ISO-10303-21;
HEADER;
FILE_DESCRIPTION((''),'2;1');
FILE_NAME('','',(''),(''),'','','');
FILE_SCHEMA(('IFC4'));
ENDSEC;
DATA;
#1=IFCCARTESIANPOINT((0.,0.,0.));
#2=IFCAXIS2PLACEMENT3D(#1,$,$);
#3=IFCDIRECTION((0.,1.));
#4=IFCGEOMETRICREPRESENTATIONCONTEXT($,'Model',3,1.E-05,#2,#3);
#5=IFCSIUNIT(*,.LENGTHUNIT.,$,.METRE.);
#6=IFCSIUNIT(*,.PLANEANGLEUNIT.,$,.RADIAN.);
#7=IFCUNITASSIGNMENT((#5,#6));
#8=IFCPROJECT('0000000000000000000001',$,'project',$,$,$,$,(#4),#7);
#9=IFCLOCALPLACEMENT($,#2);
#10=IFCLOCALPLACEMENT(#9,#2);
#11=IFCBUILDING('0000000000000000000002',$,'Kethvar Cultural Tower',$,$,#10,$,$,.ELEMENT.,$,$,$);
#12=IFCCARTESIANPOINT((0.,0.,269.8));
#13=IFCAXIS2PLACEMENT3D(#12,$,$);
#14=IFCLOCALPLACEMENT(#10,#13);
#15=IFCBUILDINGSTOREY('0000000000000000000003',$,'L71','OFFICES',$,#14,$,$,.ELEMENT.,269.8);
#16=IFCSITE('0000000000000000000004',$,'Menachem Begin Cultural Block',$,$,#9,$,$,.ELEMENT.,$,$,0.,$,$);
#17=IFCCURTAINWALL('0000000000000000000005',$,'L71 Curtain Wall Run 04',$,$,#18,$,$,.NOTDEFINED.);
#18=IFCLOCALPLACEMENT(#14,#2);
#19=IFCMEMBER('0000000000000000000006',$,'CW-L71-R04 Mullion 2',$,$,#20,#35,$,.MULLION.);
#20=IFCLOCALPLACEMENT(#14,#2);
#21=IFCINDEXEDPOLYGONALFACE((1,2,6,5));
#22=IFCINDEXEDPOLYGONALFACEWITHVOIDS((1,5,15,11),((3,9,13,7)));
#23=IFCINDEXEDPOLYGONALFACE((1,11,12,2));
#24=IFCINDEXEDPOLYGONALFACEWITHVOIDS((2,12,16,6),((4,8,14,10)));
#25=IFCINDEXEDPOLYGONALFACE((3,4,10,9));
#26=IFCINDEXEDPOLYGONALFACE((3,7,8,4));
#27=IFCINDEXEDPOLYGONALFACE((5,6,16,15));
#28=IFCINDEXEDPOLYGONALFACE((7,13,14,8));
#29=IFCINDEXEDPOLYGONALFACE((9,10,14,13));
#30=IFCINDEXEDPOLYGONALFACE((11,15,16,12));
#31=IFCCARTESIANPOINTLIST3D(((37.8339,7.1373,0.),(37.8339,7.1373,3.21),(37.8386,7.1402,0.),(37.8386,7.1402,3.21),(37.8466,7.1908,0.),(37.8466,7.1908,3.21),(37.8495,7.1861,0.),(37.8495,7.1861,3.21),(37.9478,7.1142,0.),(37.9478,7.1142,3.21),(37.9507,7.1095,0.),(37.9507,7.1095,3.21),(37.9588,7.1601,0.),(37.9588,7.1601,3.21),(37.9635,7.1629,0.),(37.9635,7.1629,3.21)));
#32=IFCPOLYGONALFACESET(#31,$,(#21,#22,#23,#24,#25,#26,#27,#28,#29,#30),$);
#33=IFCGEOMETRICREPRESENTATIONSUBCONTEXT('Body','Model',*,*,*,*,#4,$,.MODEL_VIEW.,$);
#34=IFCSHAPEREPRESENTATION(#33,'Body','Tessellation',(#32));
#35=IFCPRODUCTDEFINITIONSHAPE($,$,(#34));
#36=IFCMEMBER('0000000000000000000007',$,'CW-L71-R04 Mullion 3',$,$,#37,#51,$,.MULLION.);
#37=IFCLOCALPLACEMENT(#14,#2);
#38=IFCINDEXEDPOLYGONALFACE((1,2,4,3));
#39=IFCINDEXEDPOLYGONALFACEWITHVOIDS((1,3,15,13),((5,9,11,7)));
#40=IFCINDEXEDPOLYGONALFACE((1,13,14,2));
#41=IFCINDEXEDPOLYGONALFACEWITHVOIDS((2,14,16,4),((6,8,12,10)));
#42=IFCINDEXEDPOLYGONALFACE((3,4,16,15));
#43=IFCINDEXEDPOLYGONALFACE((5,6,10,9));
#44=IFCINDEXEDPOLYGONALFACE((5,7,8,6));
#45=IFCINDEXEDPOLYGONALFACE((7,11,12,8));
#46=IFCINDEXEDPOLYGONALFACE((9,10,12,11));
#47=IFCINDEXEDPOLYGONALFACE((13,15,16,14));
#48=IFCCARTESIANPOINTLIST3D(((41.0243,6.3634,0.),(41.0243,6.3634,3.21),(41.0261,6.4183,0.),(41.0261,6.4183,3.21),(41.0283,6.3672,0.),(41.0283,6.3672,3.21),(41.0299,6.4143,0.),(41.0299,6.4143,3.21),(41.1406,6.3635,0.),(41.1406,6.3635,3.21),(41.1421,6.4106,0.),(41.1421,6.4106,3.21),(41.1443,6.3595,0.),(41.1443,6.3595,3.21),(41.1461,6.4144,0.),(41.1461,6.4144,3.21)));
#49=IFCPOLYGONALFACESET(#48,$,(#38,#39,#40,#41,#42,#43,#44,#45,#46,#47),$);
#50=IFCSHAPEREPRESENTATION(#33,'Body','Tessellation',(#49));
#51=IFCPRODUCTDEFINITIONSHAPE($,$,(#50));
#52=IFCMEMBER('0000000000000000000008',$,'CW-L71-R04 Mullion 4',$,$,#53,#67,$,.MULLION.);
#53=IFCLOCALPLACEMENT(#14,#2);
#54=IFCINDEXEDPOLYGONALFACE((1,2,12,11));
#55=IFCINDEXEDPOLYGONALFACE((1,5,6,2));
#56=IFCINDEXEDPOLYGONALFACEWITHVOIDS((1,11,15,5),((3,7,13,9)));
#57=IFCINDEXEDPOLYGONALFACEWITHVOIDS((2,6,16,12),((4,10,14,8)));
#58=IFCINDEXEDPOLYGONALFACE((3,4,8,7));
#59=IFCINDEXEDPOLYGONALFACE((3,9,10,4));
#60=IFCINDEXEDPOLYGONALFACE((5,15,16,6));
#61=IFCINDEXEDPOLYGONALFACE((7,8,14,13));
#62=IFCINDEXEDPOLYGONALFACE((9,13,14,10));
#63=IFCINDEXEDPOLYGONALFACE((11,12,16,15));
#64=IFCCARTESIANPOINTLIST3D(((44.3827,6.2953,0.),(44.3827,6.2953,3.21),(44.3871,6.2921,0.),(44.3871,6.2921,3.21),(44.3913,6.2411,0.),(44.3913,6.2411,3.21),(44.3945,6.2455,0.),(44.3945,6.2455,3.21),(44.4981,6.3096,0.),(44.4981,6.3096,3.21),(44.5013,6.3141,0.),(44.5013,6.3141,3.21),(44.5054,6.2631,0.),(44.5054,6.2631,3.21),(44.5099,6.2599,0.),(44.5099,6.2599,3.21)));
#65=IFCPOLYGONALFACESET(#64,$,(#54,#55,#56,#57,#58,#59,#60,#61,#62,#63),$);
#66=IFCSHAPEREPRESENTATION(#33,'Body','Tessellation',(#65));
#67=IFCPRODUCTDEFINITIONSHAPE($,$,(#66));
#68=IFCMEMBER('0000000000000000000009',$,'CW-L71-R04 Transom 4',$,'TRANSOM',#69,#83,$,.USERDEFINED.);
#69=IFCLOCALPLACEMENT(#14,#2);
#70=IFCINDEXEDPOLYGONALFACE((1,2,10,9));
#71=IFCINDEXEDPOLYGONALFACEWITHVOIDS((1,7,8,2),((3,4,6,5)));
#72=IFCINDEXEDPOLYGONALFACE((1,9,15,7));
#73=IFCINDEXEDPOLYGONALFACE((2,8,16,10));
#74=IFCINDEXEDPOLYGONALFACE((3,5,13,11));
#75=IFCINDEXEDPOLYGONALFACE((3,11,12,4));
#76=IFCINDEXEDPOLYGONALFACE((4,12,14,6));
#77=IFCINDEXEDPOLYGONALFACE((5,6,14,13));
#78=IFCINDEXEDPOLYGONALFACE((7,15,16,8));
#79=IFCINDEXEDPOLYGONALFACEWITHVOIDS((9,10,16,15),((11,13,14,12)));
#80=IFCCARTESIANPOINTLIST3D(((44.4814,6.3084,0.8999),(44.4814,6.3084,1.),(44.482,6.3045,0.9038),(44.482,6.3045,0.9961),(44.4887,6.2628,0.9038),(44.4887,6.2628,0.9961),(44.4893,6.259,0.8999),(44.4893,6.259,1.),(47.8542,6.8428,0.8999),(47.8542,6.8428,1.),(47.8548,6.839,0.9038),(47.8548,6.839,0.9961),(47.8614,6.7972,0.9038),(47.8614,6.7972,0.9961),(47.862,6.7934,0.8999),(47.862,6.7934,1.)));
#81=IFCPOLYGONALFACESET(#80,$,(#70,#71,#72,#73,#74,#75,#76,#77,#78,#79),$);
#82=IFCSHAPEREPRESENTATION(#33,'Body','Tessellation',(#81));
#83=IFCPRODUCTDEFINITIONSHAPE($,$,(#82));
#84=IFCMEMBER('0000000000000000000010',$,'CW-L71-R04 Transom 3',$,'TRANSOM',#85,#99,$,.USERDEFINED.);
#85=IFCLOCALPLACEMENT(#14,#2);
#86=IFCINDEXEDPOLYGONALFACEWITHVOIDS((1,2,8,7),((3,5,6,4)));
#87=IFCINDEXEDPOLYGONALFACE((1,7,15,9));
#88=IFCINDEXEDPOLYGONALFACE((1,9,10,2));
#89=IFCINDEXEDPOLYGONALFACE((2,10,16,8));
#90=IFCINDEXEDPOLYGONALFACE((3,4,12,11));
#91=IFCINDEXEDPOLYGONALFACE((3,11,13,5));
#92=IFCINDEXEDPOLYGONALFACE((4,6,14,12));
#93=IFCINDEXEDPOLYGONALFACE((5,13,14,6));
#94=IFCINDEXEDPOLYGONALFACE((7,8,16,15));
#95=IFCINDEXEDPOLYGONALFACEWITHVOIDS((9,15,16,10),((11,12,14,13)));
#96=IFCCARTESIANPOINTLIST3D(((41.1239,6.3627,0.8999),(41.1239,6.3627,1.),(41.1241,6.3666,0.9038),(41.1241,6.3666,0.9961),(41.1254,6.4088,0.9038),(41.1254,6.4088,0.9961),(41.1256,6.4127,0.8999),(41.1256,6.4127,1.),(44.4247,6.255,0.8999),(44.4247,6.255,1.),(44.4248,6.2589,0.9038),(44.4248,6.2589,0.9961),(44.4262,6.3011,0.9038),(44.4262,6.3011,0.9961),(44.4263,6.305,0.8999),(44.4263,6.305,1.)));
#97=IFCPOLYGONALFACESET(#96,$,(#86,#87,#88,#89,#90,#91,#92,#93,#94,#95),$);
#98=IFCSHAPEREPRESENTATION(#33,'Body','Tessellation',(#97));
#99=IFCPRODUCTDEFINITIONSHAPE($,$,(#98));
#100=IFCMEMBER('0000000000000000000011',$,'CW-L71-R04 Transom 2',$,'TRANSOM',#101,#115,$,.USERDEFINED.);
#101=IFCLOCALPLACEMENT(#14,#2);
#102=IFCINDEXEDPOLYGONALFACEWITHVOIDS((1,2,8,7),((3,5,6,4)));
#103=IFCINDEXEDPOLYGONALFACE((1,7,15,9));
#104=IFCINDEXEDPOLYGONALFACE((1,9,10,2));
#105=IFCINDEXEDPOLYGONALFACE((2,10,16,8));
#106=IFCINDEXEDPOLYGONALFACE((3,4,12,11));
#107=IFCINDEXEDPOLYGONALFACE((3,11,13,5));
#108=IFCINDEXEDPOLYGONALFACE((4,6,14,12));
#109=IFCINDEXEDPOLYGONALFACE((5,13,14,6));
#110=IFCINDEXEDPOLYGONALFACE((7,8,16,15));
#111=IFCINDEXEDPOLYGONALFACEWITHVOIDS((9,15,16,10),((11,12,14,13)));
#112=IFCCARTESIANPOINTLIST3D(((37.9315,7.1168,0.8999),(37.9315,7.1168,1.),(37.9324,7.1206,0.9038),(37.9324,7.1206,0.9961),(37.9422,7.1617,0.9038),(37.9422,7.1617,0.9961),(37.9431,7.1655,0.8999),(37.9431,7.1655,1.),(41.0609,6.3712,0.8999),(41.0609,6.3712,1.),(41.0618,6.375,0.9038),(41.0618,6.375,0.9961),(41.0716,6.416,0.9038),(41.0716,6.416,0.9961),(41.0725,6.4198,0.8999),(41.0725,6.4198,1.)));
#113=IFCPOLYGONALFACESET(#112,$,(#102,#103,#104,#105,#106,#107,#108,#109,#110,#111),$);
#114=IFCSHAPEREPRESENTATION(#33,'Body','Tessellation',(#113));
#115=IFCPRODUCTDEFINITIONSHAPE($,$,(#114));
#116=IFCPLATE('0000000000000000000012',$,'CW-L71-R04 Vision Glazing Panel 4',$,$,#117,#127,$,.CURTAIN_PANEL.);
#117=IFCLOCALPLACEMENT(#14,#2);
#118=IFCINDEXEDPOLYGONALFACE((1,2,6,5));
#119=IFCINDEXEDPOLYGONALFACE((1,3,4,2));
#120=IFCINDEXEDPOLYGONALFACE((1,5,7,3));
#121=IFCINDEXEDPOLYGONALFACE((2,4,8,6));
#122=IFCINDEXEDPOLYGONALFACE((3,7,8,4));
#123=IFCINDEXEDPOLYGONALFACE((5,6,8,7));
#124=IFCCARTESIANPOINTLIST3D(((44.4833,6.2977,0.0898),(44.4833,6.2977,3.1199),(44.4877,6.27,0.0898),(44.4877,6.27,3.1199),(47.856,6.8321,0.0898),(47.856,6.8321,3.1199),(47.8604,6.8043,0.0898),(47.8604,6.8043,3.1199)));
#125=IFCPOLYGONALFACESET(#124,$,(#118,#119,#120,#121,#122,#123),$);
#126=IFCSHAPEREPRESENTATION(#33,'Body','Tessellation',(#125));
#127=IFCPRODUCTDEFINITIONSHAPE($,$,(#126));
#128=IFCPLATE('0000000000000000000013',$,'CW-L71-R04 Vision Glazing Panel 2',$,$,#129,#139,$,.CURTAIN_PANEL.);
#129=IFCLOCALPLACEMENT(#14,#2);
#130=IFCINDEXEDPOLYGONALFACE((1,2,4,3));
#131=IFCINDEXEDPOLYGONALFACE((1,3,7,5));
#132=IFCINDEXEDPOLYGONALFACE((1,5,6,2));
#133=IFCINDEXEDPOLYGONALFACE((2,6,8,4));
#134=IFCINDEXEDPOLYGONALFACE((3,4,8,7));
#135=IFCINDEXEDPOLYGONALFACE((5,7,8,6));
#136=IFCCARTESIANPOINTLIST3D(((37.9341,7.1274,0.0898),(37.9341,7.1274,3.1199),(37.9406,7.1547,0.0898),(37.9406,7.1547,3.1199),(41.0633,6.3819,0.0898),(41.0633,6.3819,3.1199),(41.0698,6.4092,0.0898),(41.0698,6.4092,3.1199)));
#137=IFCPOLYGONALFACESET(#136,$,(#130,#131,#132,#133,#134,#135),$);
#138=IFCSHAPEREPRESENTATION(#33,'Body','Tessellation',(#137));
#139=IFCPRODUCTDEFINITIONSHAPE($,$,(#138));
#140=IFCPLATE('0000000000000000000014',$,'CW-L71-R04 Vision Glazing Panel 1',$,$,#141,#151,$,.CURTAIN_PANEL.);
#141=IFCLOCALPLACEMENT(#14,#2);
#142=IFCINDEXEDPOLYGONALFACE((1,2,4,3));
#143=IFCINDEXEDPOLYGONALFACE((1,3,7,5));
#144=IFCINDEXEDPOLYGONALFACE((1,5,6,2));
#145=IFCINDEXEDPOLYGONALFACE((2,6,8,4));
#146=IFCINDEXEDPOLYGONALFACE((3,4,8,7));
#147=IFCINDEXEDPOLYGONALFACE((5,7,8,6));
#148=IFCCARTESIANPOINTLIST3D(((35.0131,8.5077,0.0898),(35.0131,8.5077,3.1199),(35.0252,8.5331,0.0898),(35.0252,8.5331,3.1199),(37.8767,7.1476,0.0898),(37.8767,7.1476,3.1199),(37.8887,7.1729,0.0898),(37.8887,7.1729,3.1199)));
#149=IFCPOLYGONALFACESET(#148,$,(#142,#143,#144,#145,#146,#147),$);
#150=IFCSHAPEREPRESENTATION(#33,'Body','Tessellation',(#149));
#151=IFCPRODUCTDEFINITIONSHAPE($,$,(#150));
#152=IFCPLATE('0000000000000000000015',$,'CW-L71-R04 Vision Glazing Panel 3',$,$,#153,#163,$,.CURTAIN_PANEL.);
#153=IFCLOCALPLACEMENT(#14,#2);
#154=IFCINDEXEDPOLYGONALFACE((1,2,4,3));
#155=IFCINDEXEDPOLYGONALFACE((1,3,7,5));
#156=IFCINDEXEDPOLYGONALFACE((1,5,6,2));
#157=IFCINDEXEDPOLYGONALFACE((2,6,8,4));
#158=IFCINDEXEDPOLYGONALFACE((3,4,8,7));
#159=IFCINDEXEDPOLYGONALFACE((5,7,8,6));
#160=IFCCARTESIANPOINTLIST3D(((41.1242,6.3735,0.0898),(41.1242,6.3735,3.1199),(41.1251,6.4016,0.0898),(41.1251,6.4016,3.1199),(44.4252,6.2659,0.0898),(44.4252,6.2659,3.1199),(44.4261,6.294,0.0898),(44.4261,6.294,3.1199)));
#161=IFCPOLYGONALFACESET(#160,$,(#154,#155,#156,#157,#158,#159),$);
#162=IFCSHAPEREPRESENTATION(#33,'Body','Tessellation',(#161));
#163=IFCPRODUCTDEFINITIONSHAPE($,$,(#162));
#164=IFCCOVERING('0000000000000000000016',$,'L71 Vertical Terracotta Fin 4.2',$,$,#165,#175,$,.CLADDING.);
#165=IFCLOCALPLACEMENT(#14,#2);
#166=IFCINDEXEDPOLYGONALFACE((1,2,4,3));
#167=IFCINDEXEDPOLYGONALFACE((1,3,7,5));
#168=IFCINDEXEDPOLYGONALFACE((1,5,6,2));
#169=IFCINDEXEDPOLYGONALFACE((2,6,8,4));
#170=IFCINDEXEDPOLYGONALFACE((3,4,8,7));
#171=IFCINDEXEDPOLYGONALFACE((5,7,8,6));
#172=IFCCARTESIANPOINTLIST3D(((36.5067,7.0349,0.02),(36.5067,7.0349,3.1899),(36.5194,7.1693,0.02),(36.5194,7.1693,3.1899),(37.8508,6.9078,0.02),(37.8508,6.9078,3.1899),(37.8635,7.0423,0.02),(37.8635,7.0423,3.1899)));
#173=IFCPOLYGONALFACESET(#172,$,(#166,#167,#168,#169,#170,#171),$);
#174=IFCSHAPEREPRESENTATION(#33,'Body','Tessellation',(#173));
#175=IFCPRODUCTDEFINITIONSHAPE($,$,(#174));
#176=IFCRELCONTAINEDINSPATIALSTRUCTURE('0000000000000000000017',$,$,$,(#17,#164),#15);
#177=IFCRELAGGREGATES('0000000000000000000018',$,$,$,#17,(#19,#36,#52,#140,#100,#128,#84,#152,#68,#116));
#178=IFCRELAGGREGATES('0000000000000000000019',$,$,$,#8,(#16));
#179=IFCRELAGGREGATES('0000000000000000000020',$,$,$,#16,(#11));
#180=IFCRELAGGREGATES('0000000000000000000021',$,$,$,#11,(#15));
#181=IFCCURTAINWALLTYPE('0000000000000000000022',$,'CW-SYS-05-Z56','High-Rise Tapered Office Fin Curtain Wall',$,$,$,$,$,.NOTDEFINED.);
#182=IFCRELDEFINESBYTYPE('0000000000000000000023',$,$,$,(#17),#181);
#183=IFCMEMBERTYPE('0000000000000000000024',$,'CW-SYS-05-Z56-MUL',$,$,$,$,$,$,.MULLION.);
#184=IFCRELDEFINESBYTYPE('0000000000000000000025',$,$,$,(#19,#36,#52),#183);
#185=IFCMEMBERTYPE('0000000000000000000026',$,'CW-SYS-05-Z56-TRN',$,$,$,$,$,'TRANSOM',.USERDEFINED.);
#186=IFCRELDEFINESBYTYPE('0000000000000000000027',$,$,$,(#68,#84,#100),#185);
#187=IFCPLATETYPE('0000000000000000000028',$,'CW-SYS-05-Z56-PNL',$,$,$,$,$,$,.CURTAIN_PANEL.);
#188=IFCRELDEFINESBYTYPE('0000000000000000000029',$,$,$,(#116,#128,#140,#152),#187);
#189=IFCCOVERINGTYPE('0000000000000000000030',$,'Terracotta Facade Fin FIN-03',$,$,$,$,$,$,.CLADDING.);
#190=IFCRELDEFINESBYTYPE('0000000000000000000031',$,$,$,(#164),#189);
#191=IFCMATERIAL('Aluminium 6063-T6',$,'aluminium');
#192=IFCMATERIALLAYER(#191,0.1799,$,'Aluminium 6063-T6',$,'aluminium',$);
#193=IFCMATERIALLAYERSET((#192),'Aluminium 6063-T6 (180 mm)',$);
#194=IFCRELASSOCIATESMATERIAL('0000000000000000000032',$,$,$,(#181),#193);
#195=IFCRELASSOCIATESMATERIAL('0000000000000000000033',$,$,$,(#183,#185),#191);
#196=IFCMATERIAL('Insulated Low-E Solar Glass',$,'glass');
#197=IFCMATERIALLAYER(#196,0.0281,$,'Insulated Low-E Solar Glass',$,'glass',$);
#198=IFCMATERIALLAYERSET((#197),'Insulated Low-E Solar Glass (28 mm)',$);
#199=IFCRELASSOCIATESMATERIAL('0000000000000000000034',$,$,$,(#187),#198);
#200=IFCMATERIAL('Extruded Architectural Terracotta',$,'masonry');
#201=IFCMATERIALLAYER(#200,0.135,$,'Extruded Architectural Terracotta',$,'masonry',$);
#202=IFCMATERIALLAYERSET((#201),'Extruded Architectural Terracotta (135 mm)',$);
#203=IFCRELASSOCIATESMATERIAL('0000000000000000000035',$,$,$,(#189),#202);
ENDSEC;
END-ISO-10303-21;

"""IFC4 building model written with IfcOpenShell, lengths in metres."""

from ifc_helpers import new_model, si_unit, direction, frame, origin, origin_2d, place, context, subcontext, project, spatial, rectangle, hollow_rectangle, extrude, source, transform, mapped, material, layer, layer_set, material_profile, profile_set, type_object, element, aggregate, save


model = new_model("IFC4")

# Units and contexts
model_context = context("Model", 3, precision=1e-05, world=origin(), true_north=direction((0.0, 1.0)))
body_context = subcontext(model_context, "Body", "Model", "MODEL_VIEW")
ifc_project = project(units=[si_unit("LENGTHUNIT", "METRE"), si_unit("PLANEANGLEUNIT", "RADIAN")], contexts=[model_context])

# Site, building, storey
site_placement = place(None, origin())
site = spatial("IfcSite", under=ifc_project, at=site_placement, Name="Menachem Begin Cultural Block", CompositionType="ELEMENT", RefElevation=0.0)
building_placement = place(site_placement, origin())
building = spatial("IfcBuilding", under=site, at=building_placement, Name="Kethvar Cultural Tower", CompositionType="ELEMENT")
storey_placement = place(building_placement, frame((0.0, 0.0, 269.8)))
storey = spatial("IfcBuildingStorey", under=building, at=storey_placement, Name="L71", Description="OFFICES", CompositionType="ELEMENT", Elevation=269.8)

# Curtain wall, members, plates
ifc_material_1 = material(Name="Aluminium 6063-T6", Category="aluminium")
ifc_layer_1 = layer(ifc_material_1, 0.1799, Name="Aluminium 6063-T6", Category="aluminium")
ifc_layer_set_1 = layer_set([ifc_layer_1], Name="Aluminium 6063-T6 (180 mm)")
curtain_wall_type = type_object("IfcCurtainWallType", Name="CW-SYS-05-Z56", Description="High-Rise Tapered Office Fin Curtain Wall", PredefinedType="NOTDEFINED", material=ifc_layer_set_1)
curtain_wall_placement = place(storey_placement, origin())
curtain_wall = element("IfcCurtainWall", 1, at=curtain_wall_placement, inside=storey, type_object=curtain_wall_type, Name="L71 Curtain Wall Run 04", PredefinedType="NOTDEFINED")
ifc_material_profile_1 = material_profile(ifc_material_1, hollow_rectangle(XDim=0.0549, YDim=0.1201, WallThickness=0.0039, at=origin_2d()), Name="Aluminium 6063-T6 — RHS120x55x4")
ifc_profile_set_1 = profile_set([ifc_material_profile_1], Name="Aluminium 6063-T6 — RHS120x55x4")
member_type_1 = type_object("IfcMemberType", Name="CW-SYS-05-Z56-MUL", PredefinedType="MULLION", material=ifc_profile_set_1)
shared_shape_1 = source(origin(), body_context, "Body", "SweptSolid", [
    extrude(hollow_rectangle(XDim=0.0549, YDim=0.1201, WallThickness=0.0039, at=origin_2d()), origin(), (0.0, 0.0, 1.0), 3.21),
])
member_1_placement = place(storey_placement, frame((37.8987, 7.1501, 0.0), z_axis=(0.0, 0.0, 1.0), x_axis=(0.231765, 0.972772, 0.0)))
member_1 = element("IfcMember", 2, at=member_1_placement, type_object=member_type_1, Name="CW-L71-R04 Mullion 2", PredefinedType="MULLION", context=body_context, shape_type="MappedRepresentation", body=[
    mapped(shared_shape_1, transform((0.0, 0.0, 0.0), scale=1.0)),
])
member_2_placement = place(storey_placement, frame((41.0852, 6.3889, 0.0), z_axis=(0.0, 0.0, 1.0), x_axis=(0.03258, 0.999469, 0.0)))
member_2 = element("IfcMember", 3, at=member_2_placement, type_object=member_type_1, Name="CW-L71-R04 Mullion 3", PredefinedType="MULLION", context=body_context, shape_type="MappedRepresentation", body=[
    mapped(shared_shape_1, transform((0.0, 0.0, 0.0), scale=1.0)),
])
member_3_placement = place(storey_placement, frame((44.4463, 6.2776, 0.0), z_axis=(0.0, 0.0, 1.0), x_axis=(-0.156486, 0.98768, 0.0)))
member_3 = element("IfcMember", 4, at=member_3_placement, type_object=member_type_1, Name="CW-L71-R04 Mullion 4", PredefinedType="MULLION", context=body_context, shape_type="MappedRepresentation", body=[
    mapped(shared_shape_1, transform((0.0, 0.0, 0.0), scale=1.0)),
])
ifc_material_profile_2 = material_profile(ifc_material_1, hollow_rectangle(XDim=0.05, YDim=0.1001, WallThickness=0.0039, at=origin_2d()), Name="Aluminium 6063-T6 — RHS100x50x4")
ifc_profile_set_2 = profile_set([ifc_material_profile_2], Name="Aluminium 6063-T6 — RHS100x50x4")
member_type_2 = type_object("IfcMemberType", Name="CW-SYS-05-Z56-TRN", ElementType="TRANSOM", PredefinedType="USERDEFINED", material=ifc_profile_set_2)
shared_shape_2 = source(origin(), body_context, "Body", "SweptSolid", [
    extrude(hollow_rectangle(XDim=0.05, YDim=0.1001, WallThickness=0.0039, at=origin_2d()), origin(), (0.0, 0.0, 1.0), 3.4148),
])
member_4_placement = place(storey_placement, frame((44.4854, 6.2837, 0.95), z_axis=(0.987678, 0.156499, 0.0), x_axis=(-0.156499, 0.987678, 0.0)))
member_4 = element("IfcMember", 5, at=member_4_placement, type_object=member_type_2, Name="CW-L71-R04 Transom 4", ObjectType="TRANSOM", PredefinedType="USERDEFINED", context=body_context, shape_type="MappedRepresentation", body=[
    mapped(shared_shape_2, transform((0.0, 0.0, 0.0), scale=1.0)),
])
shared_shape_3 = source(origin(), body_context, "Body", "SweptSolid", [
    extrude(hollow_rectangle(XDim=0.05, YDim=0.1001, WallThickness=0.0039, at=origin_2d()), origin(), (0.0, 0.0, 1.0), 3.3025),
])
member_5_placement = place(storey_placement, frame((41.1248, 6.3877, 0.95), z_axis=(0.999468, -0.032601, 0.0), x_axis=(0.032601, 0.999468, 0.0)))
member_5 = element("IfcMember", 6, at=member_5_placement, type_object=member_type_2, Name="CW-L71-R04 Transom 3", ObjectType="TRANSOM", PredefinedType="USERDEFINED", context=body_context, shape_type="MappedRepresentation", body=[
    mapped(shared_shape_3, transform((0.0, 0.0, 0.0), scale=1.0)),
])
shared_shape_4 = source(origin(), body_context, "Body", "SweptSolid", [
    extrude(hollow_rectangle(XDim=0.05, YDim=0.1001, WallThickness=0.0039, at=origin_2d()), origin(), (0.0, 0.0, 1.0), 3.217),
])
member_6_placement = place(storey_placement, frame((37.9373, 7.1411, 0.95), z_axis=(0.97277, -0.231771, 0.0), x_axis=(0.231771, 0.97277, 0.0)))
member_6 = element("IfcMember", 7, at=member_6_placement, type_object=member_type_2, Name="CW-L71-R04 Transom 2", ObjectType="TRANSOM", PredefinedType="USERDEFINED", context=body_context, shape_type="MappedRepresentation", body=[
    mapped(shared_shape_4, transform((0.0, 0.0, 0.0), scale=1.0)),
])
ifc_material_2 = material(Name="Insulated Low-E Solar Glass", Category="glass")
ifc_layer_2 = layer(ifc_material_2, 0.0281, Name="Insulated Low-E Solar Glass", Category="glass")
ifc_layer_set_2 = layer_set([ifc_layer_2], Name="Insulated Low-E Solar Glass (28 mm)")
plate_type = type_object("IfcPlateType", Name="CW-SYS-05-Z56-PNL", PredefinedType="CURTAIN_PANEL", material=ifc_layer_set_2)
shared_shape_5 = source(origin(), body_context, "Body", "SweptSolid", [
    extrude(rectangle(XDim=3.4148, YDim=0.0281, at=origin_2d()), origin(), (0.0, 0.0, 1.0), 3.03),
])
plate_1_placement = place(storey_placement, frame((46.1719, 6.551, 0.0898), z_axis=(0.0, 0.0, 1.0), x_axis=(0.98768, 0.156486, 0.0)))
plate_1 = element("IfcPlate", 8, at=plate_1_placement, type_object=plate_type, Name="CW-L71-R04 Vision Glazing Panel 4", PredefinedType="CURTAIN_PANEL", context=body_context, shape_type="MappedRepresentation", body=[
    mapped(shared_shape_5, transform((0.0, 0.0, 0.0), scale=1.0)),
])
shared_shape_6 = source(origin(), body_context, "Body", "SweptSolid", [
    extrude(rectangle(XDim=3.2168, YDim=0.0281, at=origin_2d()), origin(), (0.0, 0.0, 1.0), 3.03),
])
plate_2_placement = place(storey_placement, frame((39.502, 6.7683, 0.0898), z_axis=(0.0, 0.0, 1.0), x_axis=(0.972772, -0.231765, 0.0)))
plate_2 = element("IfcPlate", 9, at=plate_2_placement, type_object=plate_type, Name="CW-L71-R04 Vision Glazing Panel 2", PredefinedType="CURTAIN_PANEL", context=body_context, shape_type="MappedRepresentation", body=[
    mapped(shared_shape_6, transform((0.0, 0.0, 0.0), scale=1.0)),
])
shared_shape_7 = source(origin(), body_context, "Body", "SweptSolid", [
    extrude(rectangle(XDim=3.1702, YDim=0.0281, at=origin_2d()), origin(), (0.0, 0.0, 1.0), 3.03),
])
plate_3_placement = place(storey_placement, frame((36.4509, 7.8403, 0.0898), z_axis=(0.0, 0.0, 1.0), x_axis=(0.903275, -0.429061, 0.0)))
plate_3 = element("IfcPlate", 10, at=plate_3_placement, type_object=plate_type, Name="CW-L71-R04 Vision Glazing Panel 1", PredefinedType="CURTAIN_PANEL", context=body_context, shape_type="MappedRepresentation", body=[
    mapped(shared_shape_7, transform((0.0, 0.0, 0.0), scale=1.0)),
])
shared_shape_8 = source(origin(), body_context, "Body", "SweptSolid", [
    extrude(rectangle(XDim=3.3027, YDim=0.0281, at=origin_2d()), origin(), (0.0, 0.0, 1.0), 3.03),
])
plate_4_placement = place(storey_placement, frame((42.7751, 6.3337, 0.0898), z_axis=(0.0, 0.0, 1.0), x_axis=(0.999469, -0.03258, 0.0)))
plate_4 = element("IfcPlate", 11, at=plate_4_placement, type_object=plate_type, Name="CW-L71-R04 Vision Glazing Panel 3", PredefinedType="CURTAIN_PANEL", context=body_context, shape_type="MappedRepresentation", body=[
    mapped(shared_shape_8, transform((0.0, 0.0, 0.0), scale=1.0)),
])
aggregate(curtain_wall, [member_1, member_2, member_3, plate_3, member_6, plate_2, member_5, plate_4, member_4, plate_1])

# Covering
ifc_material_3 = material(Name="Extruded Architectural Terracotta", Category="masonry")
ifc_layer_3 = layer(ifc_material_3, 0.135, Name="Extruded Architectural Terracotta", Category="masonry")
ifc_layer_set_3 = layer_set([ifc_layer_3], Name="Extruded Architectural Terracotta (135 mm)")
covering_type = type_object("IfcCoveringType", Name="Terracotta Facade Fin FIN-03", PredefinedType="CLADDING", material=ifc_layer_set_3)
shared_shape_9 = source(origin(), body_context, "Body", "SweptSolid", [
    extrude(rectangle(XDim=1.3501, YDim=0.135, at=origin_2d()), origin(), (0.0, 0.0, 1.0), 3.1699),
])
for number, where, z_axis, x_axis, name in (
    (12, (37.1851, 7.0386, 0.02), (0.0, 0.0, 1.0), (-0.995562, 0.094108, 0.0), "L71 Vertical Terracotta Fin 4.2"),
):
    element("IfcCovering", number, at=place(storey_placement, frame(where, z_axis=z_axis, x_axis=x_axis)), inside=storey, type_object=covering_type, Name=name, PredefinedType="CLADDING", context=body_context, shape_type="MappedRepresentation", body=[
        mapped(shared_shape_9, transform((0.0, 0.0, 0.0), scale=1.0)),
    ])

save(model, "model.ifc")
